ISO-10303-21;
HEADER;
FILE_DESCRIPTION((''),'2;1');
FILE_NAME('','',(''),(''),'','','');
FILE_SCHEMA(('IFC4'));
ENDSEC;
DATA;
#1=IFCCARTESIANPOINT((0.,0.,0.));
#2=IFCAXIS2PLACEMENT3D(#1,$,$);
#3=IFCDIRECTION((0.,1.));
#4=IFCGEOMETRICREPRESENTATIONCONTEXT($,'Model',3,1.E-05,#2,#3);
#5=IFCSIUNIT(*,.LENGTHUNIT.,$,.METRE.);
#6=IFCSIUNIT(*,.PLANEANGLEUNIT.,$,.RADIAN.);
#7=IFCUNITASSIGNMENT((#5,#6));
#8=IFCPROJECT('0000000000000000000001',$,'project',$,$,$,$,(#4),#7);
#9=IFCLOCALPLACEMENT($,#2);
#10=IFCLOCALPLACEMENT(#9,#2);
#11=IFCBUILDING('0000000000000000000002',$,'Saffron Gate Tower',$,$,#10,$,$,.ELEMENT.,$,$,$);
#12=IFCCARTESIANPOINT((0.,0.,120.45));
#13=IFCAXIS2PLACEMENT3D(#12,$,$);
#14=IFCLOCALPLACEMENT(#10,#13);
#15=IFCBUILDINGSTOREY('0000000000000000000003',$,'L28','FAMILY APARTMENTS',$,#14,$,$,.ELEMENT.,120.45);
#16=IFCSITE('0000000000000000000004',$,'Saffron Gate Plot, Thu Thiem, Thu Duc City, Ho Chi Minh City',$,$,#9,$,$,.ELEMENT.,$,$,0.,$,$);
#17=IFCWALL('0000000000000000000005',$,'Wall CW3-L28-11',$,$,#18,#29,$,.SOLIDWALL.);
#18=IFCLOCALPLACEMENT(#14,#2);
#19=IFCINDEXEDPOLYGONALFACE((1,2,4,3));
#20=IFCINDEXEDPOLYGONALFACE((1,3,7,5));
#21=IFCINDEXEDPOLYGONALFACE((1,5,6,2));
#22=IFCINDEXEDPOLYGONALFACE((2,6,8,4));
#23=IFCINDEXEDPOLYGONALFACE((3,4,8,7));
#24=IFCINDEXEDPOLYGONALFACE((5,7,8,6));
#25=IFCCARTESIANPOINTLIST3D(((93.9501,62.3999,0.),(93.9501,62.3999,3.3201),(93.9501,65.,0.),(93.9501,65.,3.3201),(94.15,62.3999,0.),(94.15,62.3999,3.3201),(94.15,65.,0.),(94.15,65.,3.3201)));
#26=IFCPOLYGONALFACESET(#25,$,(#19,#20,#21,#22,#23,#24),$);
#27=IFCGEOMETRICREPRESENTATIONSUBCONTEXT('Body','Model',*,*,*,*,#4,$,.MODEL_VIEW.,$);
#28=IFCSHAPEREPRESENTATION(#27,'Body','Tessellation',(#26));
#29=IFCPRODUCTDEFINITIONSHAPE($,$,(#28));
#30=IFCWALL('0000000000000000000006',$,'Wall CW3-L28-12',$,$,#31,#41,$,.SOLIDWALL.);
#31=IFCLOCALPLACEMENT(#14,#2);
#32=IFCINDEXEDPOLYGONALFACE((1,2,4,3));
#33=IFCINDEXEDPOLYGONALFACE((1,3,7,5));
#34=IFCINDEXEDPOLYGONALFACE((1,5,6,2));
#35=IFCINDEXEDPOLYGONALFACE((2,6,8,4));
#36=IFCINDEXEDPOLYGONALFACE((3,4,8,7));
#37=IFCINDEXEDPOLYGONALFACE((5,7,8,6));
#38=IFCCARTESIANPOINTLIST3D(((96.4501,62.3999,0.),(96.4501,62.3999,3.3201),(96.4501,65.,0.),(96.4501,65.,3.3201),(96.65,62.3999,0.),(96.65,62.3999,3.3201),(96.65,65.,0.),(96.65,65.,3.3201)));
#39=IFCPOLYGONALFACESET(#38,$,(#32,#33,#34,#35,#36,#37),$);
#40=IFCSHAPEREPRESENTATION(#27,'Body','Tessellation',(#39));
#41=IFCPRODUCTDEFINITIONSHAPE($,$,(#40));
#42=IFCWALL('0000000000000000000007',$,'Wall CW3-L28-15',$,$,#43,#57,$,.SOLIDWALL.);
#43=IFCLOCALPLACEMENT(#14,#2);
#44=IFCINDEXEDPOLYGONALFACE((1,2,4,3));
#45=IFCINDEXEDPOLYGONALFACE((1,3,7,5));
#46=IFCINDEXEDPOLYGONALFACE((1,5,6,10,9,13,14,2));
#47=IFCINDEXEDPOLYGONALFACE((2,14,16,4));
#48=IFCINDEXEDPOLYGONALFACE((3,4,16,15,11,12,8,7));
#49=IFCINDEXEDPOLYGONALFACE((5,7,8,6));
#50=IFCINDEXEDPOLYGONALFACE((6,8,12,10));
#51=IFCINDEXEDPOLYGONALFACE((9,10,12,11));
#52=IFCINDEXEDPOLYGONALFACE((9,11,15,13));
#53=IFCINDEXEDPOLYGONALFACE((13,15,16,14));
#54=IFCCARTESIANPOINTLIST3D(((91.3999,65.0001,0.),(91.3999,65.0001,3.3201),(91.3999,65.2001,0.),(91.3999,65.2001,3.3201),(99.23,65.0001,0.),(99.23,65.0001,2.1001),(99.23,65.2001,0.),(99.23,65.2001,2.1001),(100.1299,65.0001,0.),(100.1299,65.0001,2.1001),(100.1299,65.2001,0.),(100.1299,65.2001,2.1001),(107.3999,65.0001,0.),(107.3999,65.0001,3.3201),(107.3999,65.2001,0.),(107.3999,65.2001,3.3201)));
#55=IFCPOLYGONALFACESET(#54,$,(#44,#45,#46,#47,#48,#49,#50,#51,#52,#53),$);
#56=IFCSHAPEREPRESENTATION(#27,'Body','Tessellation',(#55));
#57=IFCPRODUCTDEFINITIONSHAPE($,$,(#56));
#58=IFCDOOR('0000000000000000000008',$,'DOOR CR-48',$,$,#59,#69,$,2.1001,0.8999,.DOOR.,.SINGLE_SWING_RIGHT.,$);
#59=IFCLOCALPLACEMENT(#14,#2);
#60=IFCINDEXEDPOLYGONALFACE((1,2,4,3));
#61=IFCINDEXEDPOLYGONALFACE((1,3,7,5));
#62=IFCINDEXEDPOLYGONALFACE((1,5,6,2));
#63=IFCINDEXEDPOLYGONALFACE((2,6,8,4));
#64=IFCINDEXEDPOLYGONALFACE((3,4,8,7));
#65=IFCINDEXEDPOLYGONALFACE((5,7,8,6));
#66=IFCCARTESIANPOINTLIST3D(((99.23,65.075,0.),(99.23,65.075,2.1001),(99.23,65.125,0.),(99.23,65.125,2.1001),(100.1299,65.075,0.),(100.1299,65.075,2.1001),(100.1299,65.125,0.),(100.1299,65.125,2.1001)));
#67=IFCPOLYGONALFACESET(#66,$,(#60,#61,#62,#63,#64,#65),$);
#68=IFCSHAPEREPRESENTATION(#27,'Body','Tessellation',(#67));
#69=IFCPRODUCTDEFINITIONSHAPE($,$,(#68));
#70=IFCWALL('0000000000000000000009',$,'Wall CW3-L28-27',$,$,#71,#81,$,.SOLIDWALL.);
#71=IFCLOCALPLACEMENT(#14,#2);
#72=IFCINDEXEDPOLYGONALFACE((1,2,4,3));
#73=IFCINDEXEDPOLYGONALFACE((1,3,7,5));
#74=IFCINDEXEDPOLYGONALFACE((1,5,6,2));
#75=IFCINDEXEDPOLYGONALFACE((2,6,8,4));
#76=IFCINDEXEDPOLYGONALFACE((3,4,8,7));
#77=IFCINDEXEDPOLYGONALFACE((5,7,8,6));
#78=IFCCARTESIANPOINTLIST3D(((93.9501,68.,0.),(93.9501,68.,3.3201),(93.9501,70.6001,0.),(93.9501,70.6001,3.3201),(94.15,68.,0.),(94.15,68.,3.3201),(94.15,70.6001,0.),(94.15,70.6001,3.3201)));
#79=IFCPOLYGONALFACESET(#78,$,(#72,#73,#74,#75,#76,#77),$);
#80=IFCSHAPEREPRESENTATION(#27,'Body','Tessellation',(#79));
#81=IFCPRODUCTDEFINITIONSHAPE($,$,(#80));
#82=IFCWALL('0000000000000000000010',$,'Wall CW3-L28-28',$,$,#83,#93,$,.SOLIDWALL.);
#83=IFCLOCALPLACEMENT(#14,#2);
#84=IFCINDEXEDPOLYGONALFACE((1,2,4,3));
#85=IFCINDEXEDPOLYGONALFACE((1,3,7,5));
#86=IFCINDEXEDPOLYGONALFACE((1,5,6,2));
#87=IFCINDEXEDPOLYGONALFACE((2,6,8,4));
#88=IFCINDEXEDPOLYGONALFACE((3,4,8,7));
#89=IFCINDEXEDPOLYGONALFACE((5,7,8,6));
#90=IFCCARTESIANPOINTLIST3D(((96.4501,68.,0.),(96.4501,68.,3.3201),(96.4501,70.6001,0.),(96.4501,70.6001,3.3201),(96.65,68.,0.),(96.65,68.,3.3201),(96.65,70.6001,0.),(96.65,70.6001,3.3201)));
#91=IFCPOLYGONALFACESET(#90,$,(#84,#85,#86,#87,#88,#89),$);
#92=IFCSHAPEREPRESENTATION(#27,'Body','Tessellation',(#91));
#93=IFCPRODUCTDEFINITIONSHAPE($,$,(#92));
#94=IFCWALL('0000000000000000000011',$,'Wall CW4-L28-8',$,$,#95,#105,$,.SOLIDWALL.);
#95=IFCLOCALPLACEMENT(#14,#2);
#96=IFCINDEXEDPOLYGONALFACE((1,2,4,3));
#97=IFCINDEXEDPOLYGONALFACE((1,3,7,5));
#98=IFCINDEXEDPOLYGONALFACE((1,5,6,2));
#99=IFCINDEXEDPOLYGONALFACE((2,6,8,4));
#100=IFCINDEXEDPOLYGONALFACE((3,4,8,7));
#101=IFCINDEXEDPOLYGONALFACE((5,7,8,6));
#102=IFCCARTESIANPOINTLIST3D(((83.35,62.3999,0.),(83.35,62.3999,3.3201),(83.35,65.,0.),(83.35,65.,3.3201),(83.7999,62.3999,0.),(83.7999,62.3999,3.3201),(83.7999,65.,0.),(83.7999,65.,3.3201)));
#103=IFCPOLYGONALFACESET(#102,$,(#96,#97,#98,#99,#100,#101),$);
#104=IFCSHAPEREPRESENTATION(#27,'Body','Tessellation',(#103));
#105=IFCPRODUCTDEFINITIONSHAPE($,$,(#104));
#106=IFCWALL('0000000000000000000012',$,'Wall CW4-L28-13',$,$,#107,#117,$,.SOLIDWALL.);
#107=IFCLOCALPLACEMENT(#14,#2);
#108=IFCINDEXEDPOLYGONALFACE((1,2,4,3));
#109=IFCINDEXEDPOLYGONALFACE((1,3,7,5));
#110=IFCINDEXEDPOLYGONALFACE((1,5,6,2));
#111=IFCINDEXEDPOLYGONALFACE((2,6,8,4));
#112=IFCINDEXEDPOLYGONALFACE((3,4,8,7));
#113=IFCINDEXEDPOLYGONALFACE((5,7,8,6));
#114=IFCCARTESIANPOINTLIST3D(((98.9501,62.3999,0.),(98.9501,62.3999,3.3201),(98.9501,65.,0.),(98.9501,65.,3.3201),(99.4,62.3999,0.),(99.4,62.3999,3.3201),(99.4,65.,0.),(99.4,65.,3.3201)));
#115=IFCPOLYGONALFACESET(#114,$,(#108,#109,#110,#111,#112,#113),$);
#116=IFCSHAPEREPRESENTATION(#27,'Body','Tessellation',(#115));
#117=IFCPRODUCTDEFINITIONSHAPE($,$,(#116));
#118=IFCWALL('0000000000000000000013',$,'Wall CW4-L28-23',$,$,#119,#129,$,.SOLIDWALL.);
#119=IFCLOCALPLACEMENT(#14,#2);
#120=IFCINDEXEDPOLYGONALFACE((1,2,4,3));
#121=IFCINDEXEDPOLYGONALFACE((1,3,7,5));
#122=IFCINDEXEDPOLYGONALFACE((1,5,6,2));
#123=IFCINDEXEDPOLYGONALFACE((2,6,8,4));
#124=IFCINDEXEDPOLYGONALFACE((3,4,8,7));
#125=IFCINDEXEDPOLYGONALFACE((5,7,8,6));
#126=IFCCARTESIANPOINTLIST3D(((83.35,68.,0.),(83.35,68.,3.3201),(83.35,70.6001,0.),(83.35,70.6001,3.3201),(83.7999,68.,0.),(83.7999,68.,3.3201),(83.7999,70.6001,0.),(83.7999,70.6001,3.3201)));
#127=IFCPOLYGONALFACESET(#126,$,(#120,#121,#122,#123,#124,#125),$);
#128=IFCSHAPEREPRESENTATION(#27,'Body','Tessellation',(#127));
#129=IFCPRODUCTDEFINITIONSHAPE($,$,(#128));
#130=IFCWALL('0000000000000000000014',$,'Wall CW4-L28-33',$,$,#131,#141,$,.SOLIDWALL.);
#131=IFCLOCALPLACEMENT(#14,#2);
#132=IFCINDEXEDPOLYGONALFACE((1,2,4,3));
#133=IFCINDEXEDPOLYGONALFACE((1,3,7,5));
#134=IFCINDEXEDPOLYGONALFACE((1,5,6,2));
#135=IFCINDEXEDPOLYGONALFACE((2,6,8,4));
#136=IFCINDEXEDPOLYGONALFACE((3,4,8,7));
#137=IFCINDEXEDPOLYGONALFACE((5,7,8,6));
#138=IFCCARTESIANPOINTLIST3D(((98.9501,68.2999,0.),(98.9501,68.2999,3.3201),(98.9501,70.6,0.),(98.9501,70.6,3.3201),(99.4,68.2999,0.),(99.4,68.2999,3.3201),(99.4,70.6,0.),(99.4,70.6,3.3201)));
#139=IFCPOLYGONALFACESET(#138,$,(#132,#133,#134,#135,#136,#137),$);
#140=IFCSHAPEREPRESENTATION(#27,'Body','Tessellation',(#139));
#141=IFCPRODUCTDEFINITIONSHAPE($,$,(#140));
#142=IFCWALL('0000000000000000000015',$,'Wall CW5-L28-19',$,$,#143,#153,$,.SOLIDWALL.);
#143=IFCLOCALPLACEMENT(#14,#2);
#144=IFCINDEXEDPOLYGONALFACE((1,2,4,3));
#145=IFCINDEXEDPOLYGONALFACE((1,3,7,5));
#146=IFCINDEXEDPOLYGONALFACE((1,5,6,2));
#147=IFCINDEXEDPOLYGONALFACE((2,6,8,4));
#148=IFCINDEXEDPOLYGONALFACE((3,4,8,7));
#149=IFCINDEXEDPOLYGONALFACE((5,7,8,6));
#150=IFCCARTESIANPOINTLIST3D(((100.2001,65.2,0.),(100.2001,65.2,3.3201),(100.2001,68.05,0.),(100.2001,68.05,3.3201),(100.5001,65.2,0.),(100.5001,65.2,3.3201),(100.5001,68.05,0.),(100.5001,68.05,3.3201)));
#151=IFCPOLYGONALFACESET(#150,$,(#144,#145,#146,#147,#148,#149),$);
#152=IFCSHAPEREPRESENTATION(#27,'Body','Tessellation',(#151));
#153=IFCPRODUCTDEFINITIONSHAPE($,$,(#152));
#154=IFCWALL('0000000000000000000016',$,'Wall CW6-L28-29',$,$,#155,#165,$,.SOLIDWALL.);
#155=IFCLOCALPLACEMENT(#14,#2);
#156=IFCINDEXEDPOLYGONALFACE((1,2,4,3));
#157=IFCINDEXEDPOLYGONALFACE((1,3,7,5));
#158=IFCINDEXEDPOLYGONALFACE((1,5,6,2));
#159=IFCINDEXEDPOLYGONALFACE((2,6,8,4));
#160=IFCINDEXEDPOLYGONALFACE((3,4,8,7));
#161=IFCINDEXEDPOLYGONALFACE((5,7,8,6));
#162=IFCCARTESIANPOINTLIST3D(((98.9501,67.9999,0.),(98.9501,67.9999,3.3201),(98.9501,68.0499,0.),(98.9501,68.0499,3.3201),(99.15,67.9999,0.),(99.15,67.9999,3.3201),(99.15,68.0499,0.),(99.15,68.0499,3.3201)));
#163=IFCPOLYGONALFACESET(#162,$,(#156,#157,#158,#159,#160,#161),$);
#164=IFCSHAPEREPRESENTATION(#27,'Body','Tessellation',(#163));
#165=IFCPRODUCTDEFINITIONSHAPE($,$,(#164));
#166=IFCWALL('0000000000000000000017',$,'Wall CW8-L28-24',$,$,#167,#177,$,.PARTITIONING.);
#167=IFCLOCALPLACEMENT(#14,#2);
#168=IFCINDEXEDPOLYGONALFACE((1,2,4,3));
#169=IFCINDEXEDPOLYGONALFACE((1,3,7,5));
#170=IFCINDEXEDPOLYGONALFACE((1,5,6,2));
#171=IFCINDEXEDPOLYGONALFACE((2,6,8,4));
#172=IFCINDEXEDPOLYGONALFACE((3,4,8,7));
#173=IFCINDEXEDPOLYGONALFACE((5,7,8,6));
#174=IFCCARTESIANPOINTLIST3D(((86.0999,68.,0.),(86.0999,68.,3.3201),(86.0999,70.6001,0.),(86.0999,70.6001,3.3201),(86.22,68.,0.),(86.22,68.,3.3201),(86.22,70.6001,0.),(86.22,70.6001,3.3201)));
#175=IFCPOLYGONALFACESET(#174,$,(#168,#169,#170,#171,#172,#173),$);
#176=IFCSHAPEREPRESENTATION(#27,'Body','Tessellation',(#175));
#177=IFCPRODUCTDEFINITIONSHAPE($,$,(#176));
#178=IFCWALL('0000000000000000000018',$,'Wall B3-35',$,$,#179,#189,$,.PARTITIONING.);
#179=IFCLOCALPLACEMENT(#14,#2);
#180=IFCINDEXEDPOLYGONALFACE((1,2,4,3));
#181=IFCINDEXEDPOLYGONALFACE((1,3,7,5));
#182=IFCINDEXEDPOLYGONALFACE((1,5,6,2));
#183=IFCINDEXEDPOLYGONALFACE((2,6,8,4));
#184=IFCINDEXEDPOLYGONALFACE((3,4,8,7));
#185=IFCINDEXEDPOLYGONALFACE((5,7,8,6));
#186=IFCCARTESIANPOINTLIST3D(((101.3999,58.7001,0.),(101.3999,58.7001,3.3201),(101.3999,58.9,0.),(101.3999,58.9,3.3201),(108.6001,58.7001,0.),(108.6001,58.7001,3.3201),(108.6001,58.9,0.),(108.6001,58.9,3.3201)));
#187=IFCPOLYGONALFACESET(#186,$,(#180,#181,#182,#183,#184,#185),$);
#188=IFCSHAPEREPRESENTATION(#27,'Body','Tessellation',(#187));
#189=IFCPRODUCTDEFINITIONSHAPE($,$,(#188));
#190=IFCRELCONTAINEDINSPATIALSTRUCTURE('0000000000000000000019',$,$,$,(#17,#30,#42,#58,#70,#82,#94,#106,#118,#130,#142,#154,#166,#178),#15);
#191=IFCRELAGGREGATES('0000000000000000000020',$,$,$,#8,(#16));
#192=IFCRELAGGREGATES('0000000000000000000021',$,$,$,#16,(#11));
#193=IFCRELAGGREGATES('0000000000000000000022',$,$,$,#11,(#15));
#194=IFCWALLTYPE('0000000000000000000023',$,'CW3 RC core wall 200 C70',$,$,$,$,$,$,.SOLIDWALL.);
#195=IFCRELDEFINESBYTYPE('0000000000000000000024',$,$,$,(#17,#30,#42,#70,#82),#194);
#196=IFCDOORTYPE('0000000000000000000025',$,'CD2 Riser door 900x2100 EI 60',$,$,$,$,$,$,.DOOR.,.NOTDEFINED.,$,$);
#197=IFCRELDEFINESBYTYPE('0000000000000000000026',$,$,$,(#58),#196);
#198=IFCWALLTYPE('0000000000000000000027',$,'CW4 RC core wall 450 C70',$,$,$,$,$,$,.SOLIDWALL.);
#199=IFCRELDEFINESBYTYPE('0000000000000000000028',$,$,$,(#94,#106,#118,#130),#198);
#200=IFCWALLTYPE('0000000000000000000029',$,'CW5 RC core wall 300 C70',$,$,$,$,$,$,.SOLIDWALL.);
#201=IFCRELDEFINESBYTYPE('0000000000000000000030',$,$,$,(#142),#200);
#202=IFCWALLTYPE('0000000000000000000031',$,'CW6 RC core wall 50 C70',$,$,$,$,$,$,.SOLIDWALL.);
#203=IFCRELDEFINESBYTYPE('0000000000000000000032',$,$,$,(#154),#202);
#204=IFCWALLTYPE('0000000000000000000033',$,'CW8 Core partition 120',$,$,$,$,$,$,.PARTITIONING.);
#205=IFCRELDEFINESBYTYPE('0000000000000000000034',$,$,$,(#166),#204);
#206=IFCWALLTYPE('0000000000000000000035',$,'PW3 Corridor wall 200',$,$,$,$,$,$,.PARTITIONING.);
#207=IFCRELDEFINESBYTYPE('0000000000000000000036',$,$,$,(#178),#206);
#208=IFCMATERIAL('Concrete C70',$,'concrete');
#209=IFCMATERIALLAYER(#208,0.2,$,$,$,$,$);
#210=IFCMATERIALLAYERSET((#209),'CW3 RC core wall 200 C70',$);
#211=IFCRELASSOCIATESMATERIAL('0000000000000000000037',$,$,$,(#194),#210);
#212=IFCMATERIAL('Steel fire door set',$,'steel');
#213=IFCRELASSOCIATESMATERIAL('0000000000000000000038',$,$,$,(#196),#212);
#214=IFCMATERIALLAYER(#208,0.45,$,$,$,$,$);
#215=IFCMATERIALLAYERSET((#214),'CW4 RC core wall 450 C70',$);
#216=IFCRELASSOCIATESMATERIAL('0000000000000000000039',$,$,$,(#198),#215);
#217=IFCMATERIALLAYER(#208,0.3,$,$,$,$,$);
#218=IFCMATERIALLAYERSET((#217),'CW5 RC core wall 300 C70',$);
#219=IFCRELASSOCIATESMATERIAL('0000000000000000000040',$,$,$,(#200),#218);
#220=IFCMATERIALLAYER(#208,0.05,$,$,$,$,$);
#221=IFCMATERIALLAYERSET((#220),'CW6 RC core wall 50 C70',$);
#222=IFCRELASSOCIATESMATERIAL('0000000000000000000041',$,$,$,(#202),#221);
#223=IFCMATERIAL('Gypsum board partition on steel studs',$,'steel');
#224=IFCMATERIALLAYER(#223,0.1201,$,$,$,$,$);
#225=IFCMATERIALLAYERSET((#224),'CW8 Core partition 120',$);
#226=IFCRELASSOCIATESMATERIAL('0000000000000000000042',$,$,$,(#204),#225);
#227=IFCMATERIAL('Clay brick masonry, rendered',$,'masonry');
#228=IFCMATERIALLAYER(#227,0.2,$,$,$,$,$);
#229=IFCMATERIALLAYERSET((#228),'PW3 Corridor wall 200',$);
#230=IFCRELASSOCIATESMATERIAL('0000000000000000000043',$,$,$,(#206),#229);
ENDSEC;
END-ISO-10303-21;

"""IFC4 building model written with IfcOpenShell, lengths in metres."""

from ifc_helpers import new_model, si_unit, direction, frame, frame_2d, origin, place, context, subcontext, project, spatial, rectangle, extrude, material, layer, layer_set, type_object, element, fill, save


model = new_model("IFC4")

# Units and contexts
model_context = context("Model", 3, precision=1e-05, world=origin(), true_north=direction((0.0, 1.0)))
body_context = subcontext(model_context, "Body", "Model", "MODEL_VIEW")
ifc_project = project(units=[si_unit("LENGTHUNIT", "METRE"), si_unit("PLANEANGLEUNIT", "RADIAN")], contexts=[model_context])

# Site, building, storey
site_placement = place(None, origin())
site = spatial("IfcSite", under=ifc_project, at=site_placement, Name="Saffron Gate Plot, Thu Thiem, Thu Duc City, Ho Chi Minh City", CompositionType="ELEMENT", RefElevation=0.0)
building_placement = place(site_placement, origin())
building = spatial("IfcBuilding", under=site, at=building_placement, Name="Saffron Gate Tower", CompositionType="ELEMENT")
storey_placement = place(building_placement, frame((0.0, 0.0, 120.45)))
storey = spatial("IfcBuildingStorey", under=building, at=storey_placement, Name="L28", Description="FAMILY APARTMENTS", CompositionType="ELEMENT", Elevation=120.45)

# Shared definitions
ifc_material_1 = material(Name="Gypsum board partition on steel studs", Category="steel")
ifc_material_2 = material(Name="Concrete C70", Category="concrete")

# Shared definitions
ifc_material_3 = material(Name="Steel fire door set", Category="steel")

# Walls
ifc_layer_1 = layer(ifc_material_2, 0.2)
ifc_layer_set_1 = layer_set([ifc_layer_1], Name="CW3 RC core wall 200 C70")
wall_type_1 = type_object("IfcWallType", Name="CW3 RC core wall 200 C70", PredefinedType="SOLIDWALL", material=ifc_layer_set_1)
for number, where, z_axis, x_axis, name in (
    (1, (94.05, 62.3999, 0.0), (0.0, 0.0, 1.0), (0.0, 1.0, 0.0), "Wall CW3-L28-11"),
    (2, (96.55, 62.3999, 0.0), (0.0, 0.0, 1.0), (0.0, 1.0, 0.0), "Wall CW3-L28-12"),
):
    element("IfcWall", number, at=place(storey_placement, frame(where, z_axis=z_axis, x_axis=x_axis)), inside=storey, type_object=wall_type_1, Name=name, PredefinedType="SOLIDWALL", context=body_context, shape_type="SweptSolid", body=[
        extrude(rectangle(XDim=2.6001, YDim=0.2, at=frame_2d((1.3, 0.0))), origin(), (0.0, 0.0, 1.0), 3.3201),
    ])

# Wall, opening, door
wall_1_placement = place(storey_placement, frame((91.3999, 65.1001, 0.0), z_axis=(0.0, 0.0, 1.0), x_axis=(1.0, 0.0, 0.0)))
wall_1 = element("IfcWall", 3, at=wall_1_placement, inside=storey, type_object=wall_type_1, Name="Wall CW3-L28-15", PredefinedType="SOLIDWALL", context=body_context, shape_type="SweptSolid", body=[
    extrude(rectangle(XDim=16.0, YDim=0.2, at=frame_2d((8.0, 0.0))), origin(), (0.0, 0.0, 1.0), 3.3201),
])
opening_1_placement = place(wall_1_placement, frame((7.8301, 0.0, 0.0)))
opening_1 = element("IfcOpeningElement", 4, at=opening_1_placement, cuts=wall_1, PredefinedType="OPENING", context=body_context, shape_type="SweptSolid", body=[
    extrude(rectangle(XDim=0.8999, YDim=2.1001, at=frame_2d((0.45, 1.05))), frame((0.0, 0.1099, 0.0), z_axis=(0.0, -1.0, 0.0), x_axis=(1.0, 0.0, 0.0)), (0.0, 0.0, 1.0), 0.22),
])
door_type_1 = type_object("IfcDoorType", Name="CD2 Riser door 900x2100 EI 60", OperationType="NOTDEFINED", PredefinedType="DOOR", material=ifc_material_3)
door_1_placement = place(opening_1_placement, origin())
door_1 = element("IfcDoor", 5, at=door_1_placement, inside=storey, type_object=door_type_1, Name="DOOR CR-48", OperationType="SINGLE_SWING_RIGHT", OverallHeight=2.1001, OverallWidth=0.8999, PredefinedType="DOOR", context=body_context, shape_type="SweptSolid", body=[
    extrude(rectangle(XDim=0.8999, YDim=2.1001, at=frame_2d((0.45, 1.05))), frame((0.0, 0.0249, 0.0), z_axis=(0.0, -1.0, 0.0), x_axis=(1.0, 0.0, 0.0)), (0.0, 0.0, 1.0), 0.05),
])
fill(opening_1, door_1)

# Walls
for number, where, z_axis, x_axis, name in (
    (6, (94.05, 68.0, 0.0), (0.0, 0.0, 1.0), (0.0, 1.0, 0.0), "Wall CW3-L28-27"),
    (7, (96.55, 68.0, 0.0), (0.0, 0.0, 1.0), (0.0, 1.0, 0.0), "Wall CW3-L28-28"),
):
    element("IfcWall", number, at=place(storey_placement, frame(where, z_axis=z_axis, x_axis=x_axis)), inside=storey, type_object=wall_type_1, Name=name, PredefinedType="SOLIDWALL", context=body_context, shape_type="SweptSolid", body=[
        extrude(rectangle(XDim=2.6001, YDim=0.2, at=frame_2d((1.3, 0.0))), origin(), (0.0, 0.0, 1.0), 3.3201),
    ])
ifc_layer_2 = layer(ifc_material_2, 0.45)
ifc_layer_set_2 = layer_set([ifc_layer_2], Name="CW4 RC core wall 450 C70")
wall_type_2 = type_object("IfcWallType", Name="CW4 RC core wall 450 C70", PredefinedType="SOLIDWALL", material=ifc_layer_set_2)
for number, where, z_axis, x_axis, name in (
    (8, (83.575, 62.3999, 0.0), (0.0, 0.0, 1.0), (0.0, 1.0, 0.0), "Wall CW4-L28-8"),
    (9, (99.175, 62.3999, 0.0), (0.0, 0.0, 1.0), (0.0, 1.0, 0.0), "Wall CW4-L28-13"),
    (10, (83.575, 68.0, 0.0), (0.0, 0.0, 1.0), (0.0, 1.0, 0.0), "Wall CW4-L28-23"),
):
    element("IfcWall", number, at=place(storey_placement, frame(where, z_axis=z_axis, x_axis=x_axis)), inside=storey, type_object=wall_type_2, Name=name, PredefinedType="SOLIDWALL", context=body_context, shape_type="SweptSolid", body=[
        extrude(rectangle(XDim=2.6001, YDim=0.45, at=frame_2d((1.3, 0.0))), origin(), (0.0, 0.0, 1.0), 3.3201),
    ])
wall_2_placement = place(storey_placement, frame((99.175, 68.3, 0.0), z_axis=(0.0, 0.0, 1.0), x_axis=(0.0, 1.0, 0.0)))
element("IfcWall", 11, at=wall_2_placement, inside=storey, type_object=wall_type_2, Name="Wall CW4-L28-33", PredefinedType="SOLIDWALL", context=body_context, shape_type="SweptSolid", body=[
    extrude(rectangle(XDim=2.3, YDim=0.45, at=frame_2d((1.1499, 0.0))), origin(), (0.0, 0.0, 1.0), 3.3201),
])
ifc_layer_3 = layer(ifc_material_2, 0.3)
ifc_layer_set_3 = layer_set([ifc_layer_3], Name="CW5 RC core wall 300 C70")
wall_type_3 = type_object("IfcWallType", Name="CW5 RC core wall 300 C70", PredefinedType="SOLIDWALL", material=ifc_layer_set_3)
wall_3_placement = place(storey_placement, frame((100.3501, 65.2, 0.0), z_axis=(0.0, 0.0, 1.0), x_axis=(0.0, 1.0, 0.0)))
element("IfcWall", 12, at=wall_3_placement, inside=storey, type_object=wall_type_3, Name="Wall CW5-L28-19", PredefinedType="SOLIDWALL", context=body_context, shape_type="SweptSolid", body=[
    extrude(rectangle(XDim=2.8501, YDim=0.3, at=frame_2d((1.425, 0.0))), origin(), (0.0, 0.0, 1.0), 3.3201),
])
ifc_layer_4 = layer(ifc_material_2, 0.05)
ifc_layer_set_4 = layer_set([ifc_layer_4], Name="CW6 RC core wall 50 C70")
wall_type_4 = type_object("IfcWallType", Name="CW6 RC core wall 50 C70", PredefinedType="SOLIDWALL", material=ifc_layer_set_4)
wall_4_placement = place(storey_placement, frame((98.95, 68.0249, 0.0), z_axis=(0.0, 0.0, 1.0), x_axis=(1.0, 0.0, 0.0)))
element("IfcWall", 13, at=wall_4_placement, inside=storey, type_object=wall_type_4, Name="Wall CW6-L28-29", PredefinedType="SOLIDWALL", context=body_context, shape_type="SweptSolid", body=[
    extrude(rectangle(XDim=0.2, YDim=0.05, at=frame_2d((0.1001, 0.0))), origin(), (0.0, 0.0, 1.0), 3.3201),
])
ifc_layer_5 = layer(ifc_material_1, 0.1201)
ifc_layer_set_5 = layer_set([ifc_layer_5], Name="CW8 Core partition 120")
wall_type_5 = type_object("IfcWallType", Name="CW8 Core partition 120", PredefinedType="PARTITIONING", material=ifc_layer_set_5)
wall_5_placement = place(storey_placement, frame((86.1599, 68.0, 0.0), z_axis=(0.0, 0.0, 1.0), x_axis=(0.0, 1.0, 0.0)))
element("IfcWall", 14, at=wall_5_placement, inside=storey, type_object=wall_type_5, Name="Wall CW8-L28-24", PredefinedType="PARTITIONING", context=body_context, shape_type="SweptSolid", body=[
    extrude(rectangle(XDim=2.6001, YDim=0.1201, at=frame_2d((1.3, 0.0))), origin(), (0.0, 0.0, 1.0), 3.3201),
])
ifc_material_4 = material(Name="Clay brick masonry, rendered", Category="masonry")
ifc_layer_6 = layer(ifc_material_4, 0.2)
ifc_layer_set_6 = layer_set([ifc_layer_6], Name="PW3 Corridor wall 200")
wall_type_6 = type_object("IfcWallType", Name="PW3 Corridor wall 200", PredefinedType="PARTITIONING", material=ifc_layer_set_6)
wall_6_placement = place(storey_placement, frame((101.3999, 58.8, 0.0), z_axis=(0.0, 0.0, 1.0), x_axis=(1.0, 0.0, 0.0)))
element("IfcWall", 15, at=wall_6_placement, inside=storey, type_object=wall_type_6, Name="Wall B3-35", PredefinedType="PARTITIONING", context=body_context, shape_type="SweptSolid", body=[
    extrude(rectangle(XDim=7.2002, YDim=0.2, at=frame_2d((3.6001, 0.0))), origin(), (0.0, 0.0, 1.0), 3.3201),
])

save(model, "model.ifc")
